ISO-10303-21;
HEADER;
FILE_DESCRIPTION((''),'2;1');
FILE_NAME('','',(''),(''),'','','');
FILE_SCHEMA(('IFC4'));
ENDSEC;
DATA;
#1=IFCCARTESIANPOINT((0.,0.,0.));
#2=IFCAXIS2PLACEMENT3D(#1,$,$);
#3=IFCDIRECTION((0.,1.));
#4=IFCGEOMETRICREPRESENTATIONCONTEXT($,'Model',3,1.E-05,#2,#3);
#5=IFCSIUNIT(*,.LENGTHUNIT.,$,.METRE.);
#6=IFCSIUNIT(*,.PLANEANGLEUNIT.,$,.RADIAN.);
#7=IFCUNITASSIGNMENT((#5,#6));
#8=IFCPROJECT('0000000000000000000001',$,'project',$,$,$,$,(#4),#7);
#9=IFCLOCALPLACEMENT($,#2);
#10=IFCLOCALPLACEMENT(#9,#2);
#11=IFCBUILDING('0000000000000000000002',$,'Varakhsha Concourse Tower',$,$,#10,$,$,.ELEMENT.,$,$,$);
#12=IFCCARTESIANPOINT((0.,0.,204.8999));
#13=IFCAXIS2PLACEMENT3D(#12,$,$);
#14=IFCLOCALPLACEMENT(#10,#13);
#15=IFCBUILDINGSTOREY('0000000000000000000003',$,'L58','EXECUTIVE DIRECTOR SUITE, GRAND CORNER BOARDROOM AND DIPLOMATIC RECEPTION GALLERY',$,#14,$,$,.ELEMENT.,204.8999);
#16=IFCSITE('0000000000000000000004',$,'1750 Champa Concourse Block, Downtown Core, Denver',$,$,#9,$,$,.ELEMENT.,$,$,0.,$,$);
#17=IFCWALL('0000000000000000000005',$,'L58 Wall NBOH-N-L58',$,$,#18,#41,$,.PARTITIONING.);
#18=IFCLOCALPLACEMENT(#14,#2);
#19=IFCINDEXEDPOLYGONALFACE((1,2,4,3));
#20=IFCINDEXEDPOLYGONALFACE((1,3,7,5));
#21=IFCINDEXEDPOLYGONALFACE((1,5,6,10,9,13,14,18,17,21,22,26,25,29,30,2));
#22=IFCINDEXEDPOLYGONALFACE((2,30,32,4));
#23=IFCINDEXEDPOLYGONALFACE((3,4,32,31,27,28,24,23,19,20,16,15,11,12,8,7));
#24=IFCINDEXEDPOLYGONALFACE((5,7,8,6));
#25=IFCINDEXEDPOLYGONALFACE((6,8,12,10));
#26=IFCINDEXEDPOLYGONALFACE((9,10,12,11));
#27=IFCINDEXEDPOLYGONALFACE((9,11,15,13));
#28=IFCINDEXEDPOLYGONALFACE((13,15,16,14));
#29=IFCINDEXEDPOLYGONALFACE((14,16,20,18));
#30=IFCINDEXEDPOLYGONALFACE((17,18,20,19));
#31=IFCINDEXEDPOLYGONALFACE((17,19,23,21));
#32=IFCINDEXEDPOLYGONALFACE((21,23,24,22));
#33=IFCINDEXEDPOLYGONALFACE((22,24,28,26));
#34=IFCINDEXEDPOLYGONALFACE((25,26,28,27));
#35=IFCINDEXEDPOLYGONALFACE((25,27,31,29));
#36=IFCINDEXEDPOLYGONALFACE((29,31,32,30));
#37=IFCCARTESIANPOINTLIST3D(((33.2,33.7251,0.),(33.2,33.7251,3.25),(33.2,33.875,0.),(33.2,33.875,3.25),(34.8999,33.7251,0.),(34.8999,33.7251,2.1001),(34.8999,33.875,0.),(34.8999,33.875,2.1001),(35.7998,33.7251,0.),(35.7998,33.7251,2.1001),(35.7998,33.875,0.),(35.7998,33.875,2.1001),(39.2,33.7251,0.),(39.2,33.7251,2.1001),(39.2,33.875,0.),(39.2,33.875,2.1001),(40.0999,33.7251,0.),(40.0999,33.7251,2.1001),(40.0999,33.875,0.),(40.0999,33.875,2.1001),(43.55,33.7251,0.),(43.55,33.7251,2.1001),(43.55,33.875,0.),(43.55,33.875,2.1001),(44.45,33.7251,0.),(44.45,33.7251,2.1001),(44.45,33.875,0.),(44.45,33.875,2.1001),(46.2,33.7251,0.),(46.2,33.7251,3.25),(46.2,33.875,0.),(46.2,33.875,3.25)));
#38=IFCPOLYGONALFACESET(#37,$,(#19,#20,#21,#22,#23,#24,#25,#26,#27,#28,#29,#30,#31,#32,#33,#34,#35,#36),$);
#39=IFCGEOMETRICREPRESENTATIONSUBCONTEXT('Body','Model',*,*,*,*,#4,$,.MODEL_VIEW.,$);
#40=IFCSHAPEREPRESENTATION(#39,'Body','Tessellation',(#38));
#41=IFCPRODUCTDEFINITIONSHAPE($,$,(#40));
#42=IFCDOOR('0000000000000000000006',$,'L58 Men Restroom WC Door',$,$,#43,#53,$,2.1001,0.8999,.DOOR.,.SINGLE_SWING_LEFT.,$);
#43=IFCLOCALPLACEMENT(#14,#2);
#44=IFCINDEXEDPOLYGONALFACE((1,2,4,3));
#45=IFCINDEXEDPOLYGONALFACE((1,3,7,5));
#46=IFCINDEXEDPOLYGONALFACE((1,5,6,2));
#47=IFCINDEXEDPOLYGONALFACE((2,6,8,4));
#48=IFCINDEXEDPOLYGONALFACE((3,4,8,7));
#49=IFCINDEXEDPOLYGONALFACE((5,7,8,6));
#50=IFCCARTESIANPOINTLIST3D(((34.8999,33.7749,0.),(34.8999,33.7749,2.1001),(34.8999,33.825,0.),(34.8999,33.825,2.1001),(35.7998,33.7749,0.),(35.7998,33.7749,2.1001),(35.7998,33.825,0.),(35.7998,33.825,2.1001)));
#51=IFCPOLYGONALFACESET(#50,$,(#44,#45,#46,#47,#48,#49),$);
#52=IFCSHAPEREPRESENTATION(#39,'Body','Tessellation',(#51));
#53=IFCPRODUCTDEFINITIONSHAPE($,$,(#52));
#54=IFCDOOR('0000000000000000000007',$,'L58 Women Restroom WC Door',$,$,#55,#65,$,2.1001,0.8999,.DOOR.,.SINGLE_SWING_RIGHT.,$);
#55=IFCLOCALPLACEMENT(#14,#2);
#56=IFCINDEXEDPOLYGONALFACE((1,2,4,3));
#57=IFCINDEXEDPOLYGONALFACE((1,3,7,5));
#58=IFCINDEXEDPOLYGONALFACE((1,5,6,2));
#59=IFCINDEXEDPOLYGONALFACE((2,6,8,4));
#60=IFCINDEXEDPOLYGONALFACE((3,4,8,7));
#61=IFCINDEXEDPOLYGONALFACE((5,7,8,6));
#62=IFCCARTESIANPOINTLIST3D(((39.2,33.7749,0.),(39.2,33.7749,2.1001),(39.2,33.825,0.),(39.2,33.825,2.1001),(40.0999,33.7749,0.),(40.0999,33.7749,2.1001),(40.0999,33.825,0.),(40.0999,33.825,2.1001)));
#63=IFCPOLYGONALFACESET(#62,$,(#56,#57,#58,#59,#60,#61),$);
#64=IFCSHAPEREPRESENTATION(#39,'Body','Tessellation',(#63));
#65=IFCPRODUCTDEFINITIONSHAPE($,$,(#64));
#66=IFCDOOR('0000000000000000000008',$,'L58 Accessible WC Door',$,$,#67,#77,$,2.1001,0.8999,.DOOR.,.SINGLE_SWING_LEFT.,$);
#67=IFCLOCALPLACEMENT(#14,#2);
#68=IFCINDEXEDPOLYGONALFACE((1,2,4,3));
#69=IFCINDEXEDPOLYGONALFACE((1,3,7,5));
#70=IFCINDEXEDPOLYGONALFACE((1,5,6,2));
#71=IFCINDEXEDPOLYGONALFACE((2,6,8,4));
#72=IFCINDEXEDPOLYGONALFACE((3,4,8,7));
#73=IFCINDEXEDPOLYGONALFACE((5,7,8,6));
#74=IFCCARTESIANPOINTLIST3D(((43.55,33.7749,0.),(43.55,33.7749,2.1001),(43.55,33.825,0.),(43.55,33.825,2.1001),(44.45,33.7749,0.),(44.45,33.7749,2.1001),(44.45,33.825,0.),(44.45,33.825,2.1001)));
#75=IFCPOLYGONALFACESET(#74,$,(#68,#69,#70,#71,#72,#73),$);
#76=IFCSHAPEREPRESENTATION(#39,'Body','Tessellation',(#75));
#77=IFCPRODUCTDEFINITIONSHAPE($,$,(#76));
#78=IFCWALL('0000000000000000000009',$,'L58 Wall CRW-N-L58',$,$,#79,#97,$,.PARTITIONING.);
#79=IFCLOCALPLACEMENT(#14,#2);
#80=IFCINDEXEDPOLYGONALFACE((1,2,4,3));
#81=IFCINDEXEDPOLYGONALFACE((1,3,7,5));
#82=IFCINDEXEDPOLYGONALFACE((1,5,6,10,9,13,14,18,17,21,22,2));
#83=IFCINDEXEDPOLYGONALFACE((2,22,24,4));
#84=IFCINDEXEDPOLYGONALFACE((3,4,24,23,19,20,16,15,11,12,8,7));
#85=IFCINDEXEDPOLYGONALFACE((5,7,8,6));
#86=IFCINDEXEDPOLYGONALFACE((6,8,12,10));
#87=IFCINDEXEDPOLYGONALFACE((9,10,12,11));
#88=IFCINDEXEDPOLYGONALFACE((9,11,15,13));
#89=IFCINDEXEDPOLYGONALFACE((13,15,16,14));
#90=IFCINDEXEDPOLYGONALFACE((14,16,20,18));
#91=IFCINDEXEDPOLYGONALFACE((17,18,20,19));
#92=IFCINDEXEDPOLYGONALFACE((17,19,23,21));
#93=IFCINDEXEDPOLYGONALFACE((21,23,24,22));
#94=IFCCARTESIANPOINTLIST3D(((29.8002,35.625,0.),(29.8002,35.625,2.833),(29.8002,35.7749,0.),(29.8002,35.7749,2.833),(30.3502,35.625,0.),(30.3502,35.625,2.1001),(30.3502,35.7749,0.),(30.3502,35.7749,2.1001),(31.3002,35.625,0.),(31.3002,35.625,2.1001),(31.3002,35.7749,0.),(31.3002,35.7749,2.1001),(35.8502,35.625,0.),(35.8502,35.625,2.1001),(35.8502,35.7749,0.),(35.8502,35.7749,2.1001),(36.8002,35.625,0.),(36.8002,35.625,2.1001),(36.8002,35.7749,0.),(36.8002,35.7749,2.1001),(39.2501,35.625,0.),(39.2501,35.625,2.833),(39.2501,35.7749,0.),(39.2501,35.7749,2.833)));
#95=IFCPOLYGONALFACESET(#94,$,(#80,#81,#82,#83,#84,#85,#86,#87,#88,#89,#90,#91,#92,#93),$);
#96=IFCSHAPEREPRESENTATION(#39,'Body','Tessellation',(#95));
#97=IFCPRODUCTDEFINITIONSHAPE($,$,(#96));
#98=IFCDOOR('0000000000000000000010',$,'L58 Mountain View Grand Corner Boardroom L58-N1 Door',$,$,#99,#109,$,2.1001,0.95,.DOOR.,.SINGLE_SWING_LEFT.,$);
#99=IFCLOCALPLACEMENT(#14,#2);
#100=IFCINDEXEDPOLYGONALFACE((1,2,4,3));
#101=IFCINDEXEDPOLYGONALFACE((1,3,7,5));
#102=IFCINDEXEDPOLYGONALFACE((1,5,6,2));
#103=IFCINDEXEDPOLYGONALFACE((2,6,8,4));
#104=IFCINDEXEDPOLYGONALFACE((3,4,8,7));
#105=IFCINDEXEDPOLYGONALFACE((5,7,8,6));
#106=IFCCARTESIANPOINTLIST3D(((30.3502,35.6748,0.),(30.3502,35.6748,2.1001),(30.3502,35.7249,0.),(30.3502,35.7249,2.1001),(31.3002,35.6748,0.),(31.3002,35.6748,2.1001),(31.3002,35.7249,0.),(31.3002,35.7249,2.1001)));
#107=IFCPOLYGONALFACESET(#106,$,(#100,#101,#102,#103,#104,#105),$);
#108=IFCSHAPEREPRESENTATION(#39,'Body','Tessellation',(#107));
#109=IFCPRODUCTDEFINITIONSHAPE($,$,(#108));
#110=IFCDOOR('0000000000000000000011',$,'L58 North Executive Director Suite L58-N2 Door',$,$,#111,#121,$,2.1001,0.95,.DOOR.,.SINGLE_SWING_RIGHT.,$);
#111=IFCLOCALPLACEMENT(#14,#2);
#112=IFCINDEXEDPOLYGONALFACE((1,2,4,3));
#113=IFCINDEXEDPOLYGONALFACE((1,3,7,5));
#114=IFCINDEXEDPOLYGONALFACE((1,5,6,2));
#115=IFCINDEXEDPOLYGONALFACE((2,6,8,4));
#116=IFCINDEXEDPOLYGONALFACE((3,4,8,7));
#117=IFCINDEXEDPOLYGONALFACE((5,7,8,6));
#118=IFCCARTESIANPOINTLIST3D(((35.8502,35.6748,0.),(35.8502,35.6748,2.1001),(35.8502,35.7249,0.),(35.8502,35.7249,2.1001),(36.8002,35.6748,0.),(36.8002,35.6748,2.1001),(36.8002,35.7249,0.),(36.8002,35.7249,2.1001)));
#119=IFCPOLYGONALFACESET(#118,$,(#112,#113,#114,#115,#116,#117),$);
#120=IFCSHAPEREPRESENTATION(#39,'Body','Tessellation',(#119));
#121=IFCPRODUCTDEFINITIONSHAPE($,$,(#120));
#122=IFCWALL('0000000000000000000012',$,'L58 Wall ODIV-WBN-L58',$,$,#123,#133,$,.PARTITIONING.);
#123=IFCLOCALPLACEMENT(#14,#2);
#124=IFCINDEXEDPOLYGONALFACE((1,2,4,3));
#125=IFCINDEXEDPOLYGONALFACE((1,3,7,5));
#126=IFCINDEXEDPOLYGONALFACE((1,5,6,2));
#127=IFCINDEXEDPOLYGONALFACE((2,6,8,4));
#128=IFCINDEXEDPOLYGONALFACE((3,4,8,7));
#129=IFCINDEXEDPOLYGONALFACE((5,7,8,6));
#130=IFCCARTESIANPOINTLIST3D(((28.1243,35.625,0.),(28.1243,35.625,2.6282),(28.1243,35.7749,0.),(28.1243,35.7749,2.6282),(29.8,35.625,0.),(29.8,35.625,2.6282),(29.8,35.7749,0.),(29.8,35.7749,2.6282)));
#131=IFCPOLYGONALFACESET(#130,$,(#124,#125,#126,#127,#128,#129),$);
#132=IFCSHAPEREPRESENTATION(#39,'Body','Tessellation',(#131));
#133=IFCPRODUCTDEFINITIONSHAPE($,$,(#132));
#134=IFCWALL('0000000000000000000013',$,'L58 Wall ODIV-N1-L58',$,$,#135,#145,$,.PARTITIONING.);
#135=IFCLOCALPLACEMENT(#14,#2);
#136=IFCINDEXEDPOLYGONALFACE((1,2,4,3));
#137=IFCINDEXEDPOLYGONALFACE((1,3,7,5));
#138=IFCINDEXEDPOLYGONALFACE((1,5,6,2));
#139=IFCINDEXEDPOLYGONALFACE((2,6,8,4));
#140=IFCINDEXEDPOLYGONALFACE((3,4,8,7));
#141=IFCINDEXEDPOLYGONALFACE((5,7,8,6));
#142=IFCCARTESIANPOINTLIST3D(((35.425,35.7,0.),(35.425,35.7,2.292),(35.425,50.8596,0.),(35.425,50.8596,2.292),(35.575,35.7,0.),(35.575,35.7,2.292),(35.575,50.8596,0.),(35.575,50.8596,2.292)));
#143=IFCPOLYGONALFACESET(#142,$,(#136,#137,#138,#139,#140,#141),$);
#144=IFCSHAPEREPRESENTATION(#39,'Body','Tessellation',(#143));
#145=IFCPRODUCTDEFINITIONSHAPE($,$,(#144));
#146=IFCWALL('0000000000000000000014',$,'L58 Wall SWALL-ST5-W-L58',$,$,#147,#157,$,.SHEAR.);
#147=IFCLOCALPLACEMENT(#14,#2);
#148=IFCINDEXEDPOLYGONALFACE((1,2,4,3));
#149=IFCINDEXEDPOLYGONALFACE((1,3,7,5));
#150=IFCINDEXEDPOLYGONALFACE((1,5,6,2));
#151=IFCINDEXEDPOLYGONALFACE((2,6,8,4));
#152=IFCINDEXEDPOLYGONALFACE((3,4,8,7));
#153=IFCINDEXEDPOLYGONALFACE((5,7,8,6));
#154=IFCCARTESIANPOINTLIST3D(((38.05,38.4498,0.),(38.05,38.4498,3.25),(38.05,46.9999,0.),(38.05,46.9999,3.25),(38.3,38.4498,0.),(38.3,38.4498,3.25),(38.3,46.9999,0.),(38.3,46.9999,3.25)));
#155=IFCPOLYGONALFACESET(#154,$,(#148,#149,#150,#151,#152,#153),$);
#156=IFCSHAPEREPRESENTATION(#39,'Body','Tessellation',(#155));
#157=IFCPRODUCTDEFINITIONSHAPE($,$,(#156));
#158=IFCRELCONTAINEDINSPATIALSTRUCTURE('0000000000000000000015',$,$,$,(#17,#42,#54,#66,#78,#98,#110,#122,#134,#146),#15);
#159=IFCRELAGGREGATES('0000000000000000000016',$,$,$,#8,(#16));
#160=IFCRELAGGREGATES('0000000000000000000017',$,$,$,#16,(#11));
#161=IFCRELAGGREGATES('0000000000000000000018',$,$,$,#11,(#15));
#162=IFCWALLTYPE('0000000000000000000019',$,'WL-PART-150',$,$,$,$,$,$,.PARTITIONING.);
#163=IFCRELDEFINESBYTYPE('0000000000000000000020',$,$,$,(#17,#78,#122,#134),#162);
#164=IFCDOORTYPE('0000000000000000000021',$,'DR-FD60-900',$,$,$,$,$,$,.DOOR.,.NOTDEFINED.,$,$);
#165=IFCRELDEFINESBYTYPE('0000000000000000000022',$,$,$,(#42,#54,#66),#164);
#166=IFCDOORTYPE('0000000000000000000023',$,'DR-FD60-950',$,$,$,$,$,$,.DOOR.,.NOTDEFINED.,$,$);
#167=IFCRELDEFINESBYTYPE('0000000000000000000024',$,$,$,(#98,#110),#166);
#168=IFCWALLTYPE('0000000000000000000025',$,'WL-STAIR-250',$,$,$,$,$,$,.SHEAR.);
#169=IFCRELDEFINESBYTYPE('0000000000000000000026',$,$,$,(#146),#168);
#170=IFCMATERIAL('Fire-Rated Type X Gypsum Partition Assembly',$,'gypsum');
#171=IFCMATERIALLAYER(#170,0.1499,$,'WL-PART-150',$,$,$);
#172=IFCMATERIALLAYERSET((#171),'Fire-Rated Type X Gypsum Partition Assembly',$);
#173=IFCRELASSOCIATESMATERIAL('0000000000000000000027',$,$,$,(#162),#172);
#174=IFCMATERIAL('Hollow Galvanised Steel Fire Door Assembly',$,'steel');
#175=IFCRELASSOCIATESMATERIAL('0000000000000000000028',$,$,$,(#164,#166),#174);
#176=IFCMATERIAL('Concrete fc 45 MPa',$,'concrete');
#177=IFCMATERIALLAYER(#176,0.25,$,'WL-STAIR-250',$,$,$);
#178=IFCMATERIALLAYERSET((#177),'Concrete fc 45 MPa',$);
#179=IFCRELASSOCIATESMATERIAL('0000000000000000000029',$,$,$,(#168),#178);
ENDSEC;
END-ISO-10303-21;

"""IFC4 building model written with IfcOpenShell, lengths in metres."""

from ifc_helpers import new_model, si_unit, direction, frame, frame_2d, origin, place, context, subcontext, project, spatial, rectangle, extrude, material, layer, layer_set, type_object, element, fill, save


model = new_model("IFC4")

# Units and contexts
model_context = context("Model", 3, precision=1e-05, world=origin(), true_north=direction((0.0, 1.0)))
body_context = subcontext(model_context, "Body", "Model", "MODEL_VIEW")
ifc_project = project(units=[si_unit("LENGTHUNIT", "METRE"), si_unit("PLANEANGLEUNIT", "RADIAN")], contexts=[model_context])

# Site, building, storey
site_placement = place(None, origin())
site = spatial("IfcSite", under=ifc_project, at=site_placement, Name="1750 Champa Concourse Block, Downtown Core, Denver", CompositionType="ELEMENT", RefElevation=0.0)
building_placement = place(site_placement, origin())
building = spatial("IfcBuilding", under=site, at=building_placement, Name="Varakhsha Concourse Tower", CompositionType="ELEMENT")
storey_placement = place(building_placement, frame((0.0, 0.0, 204.8999)))
storey = spatial("IfcBuildingStorey", under=building, at=storey_placement, Name="L58", Description="EXECUTIVE DIRECTOR SUITE, GRAND CORNER BOARDROOM AND DIPLOMATIC RECEPTION GALLERY", CompositionType="ELEMENT", Elevation=204.8999)

# Walls, openings, doors
ifc_material_1 = material(Name="Fire-Rated Type X Gypsum Partition Assembly", Category="gypsum")
ifc_layer_1 = layer(ifc_material_1, 0.1499, Name="WL-PART-150")
ifc_layer_set_1 = layer_set([ifc_layer_1], Name="Fire-Rated Type X Gypsum Partition Assembly")
wall_type_1 = type_object("IfcWallType", Name="WL-PART-150", PredefinedType="PARTITIONING", material=ifc_layer_set_1)
wall_1_placement = place(storey_placement, frame((33.2, 33.8, 0.0), z_axis=(0.0, 0.0, 1.0), x_axis=(1.0, 0.0, 0.0)))
wall_1 = element("IfcWall", 1, at=wall_1_placement, inside=storey, type_object=wall_type_1, Name="L58 Wall NBOH-N-L58", PredefinedType="PARTITIONING", context=body_context, shape_type="SweptSolid", body=[
    extrude(rectangle(XDim=13.0, YDim=0.1499, at=frame_2d((6.5, 0.0))), origin(), (0.0, 0.0, 1.0), 3.25),
])
opening_1_placement = place(wall_1_placement, frame((1.7, 0.0, 0.0)))
opening_1 = element("IfcOpeningElement", 2, at=opening_1_placement, cuts=wall_1, PredefinedType="OPENING", context=body_context, shape_type="SweptSolid", body=[
    extrude(rectangle(XDim=0.8999, YDim=2.1001, at=frame_2d((0.45, 1.05))), frame((0.0, 0.085, 0.0), z_axis=(0.0, -1.0, 0.0), x_axis=(1.0, 0.0, 0.0)), (0.0, 0.0, 1.0), 0.1699),
])
opening_2_placement = place(wall_1_placement, frame((6.0, 0.0, 0.0)))
opening_2 = element("IfcOpeningElement", 3, at=opening_2_placement, cuts=wall_1, PredefinedType="OPENING", context=body_context, shape_type="SweptSolid", body=[
    extrude(rectangle(XDim=0.8999, YDim=2.1001, at=frame_2d((0.45, 1.05))), frame((0.0, 0.085, 0.0), z_axis=(0.0, -1.0, 0.0), x_axis=(1.0, 0.0, 0.0)), (0.0, 0.0, 1.0), 0.1699),
])
opening_3_placement = place(wall_1_placement, frame((10.3501, 0.0, 0.0)))
opening_3 = element("IfcOpeningElement", 4, at=opening_3_placement, cuts=wall_1, PredefinedType="OPENING", context=body_context, shape_type="SweptSolid", body=[
    extrude(rectangle(XDim=0.8999, YDim=2.1001, at=frame_2d((0.45, 1.05))), frame((0.0, 0.085, 0.0), z_axis=(0.0, -1.0, 0.0), x_axis=(1.0, 0.0, 0.0)), (0.0, 0.0, 1.0), 0.1699),
])
ifc_material_2 = material(Name="Hollow Galvanised Steel Fire Door Assembly", Category="steel")
door_type_1 = type_object("IfcDoorType", Name="DR-FD60-900", OperationType="NOTDEFINED", PredefinedType="DOOR", material=ifc_material_2)
door_1_placement = place(opening_1_placement, origin())
door_1 = element("IfcDoor", 5, at=door_1_placement, inside=storey, type_object=door_type_1, Name="L58 Men Restroom WC Door", OperationType="SINGLE_SWING_LEFT", OverallHeight=2.1001, OverallWidth=0.8999, PredefinedType="DOOR", context=body_context, shape_type="SweptSolid", body=[
    extrude(rectangle(XDim=0.8999, YDim=2.1001, at=frame_2d((0.45, 1.05))), frame((0.0, 0.0249, 0.0), z_axis=(0.0, -1.0, 0.0), x_axis=(1.0, 0.0, 0.0)), (0.0, 0.0, 1.0), 0.05),
])
fill(opening_1, door_1)
door_2_placement = place(opening_2_placement, origin())
door_2 = element("IfcDoor", 6, at=door_2_placement, inside=storey, type_object=door_type_1, Name="L58 Women Restroom WC Door", OperationType="SINGLE_SWING_RIGHT", OverallHeight=2.1001, OverallWidth=0.8999, PredefinedType="DOOR", context=body_context, shape_type="SweptSolid", body=[
    extrude(rectangle(XDim=0.8999, YDim=2.1001, at=frame_2d((0.45, 1.05))), frame((0.0, 0.0249, 0.0), z_axis=(0.0, -1.0, 0.0), x_axis=(1.0, 0.0, 0.0)), (0.0, 0.0, 1.0), 0.05),
])
fill(opening_2, door_2)
door_3_placement = place(opening_3_placement, origin())
door_3 = element("IfcDoor", 7, at=door_3_placement, inside=storey, type_object=door_type_1, Name="L58 Accessible WC Door", OperationType="SINGLE_SWING_LEFT", OverallHeight=2.1001, OverallWidth=0.8999, PredefinedType="DOOR", context=body_context, shape_type="SweptSolid", body=[
    extrude(rectangle(XDim=0.8999, YDim=2.1001, at=frame_2d((0.45, 1.05))), frame((0.0, 0.0249, 0.0), z_axis=(0.0, -1.0, 0.0), x_axis=(1.0, 0.0, 0.0)), (0.0, 0.0, 1.0), 0.05),
])
fill(opening_3, door_3)
wall_2_placement = place(storey_placement, frame((29.8, 35.7, 0.0), z_axis=(0.0, 0.0, 1.0), x_axis=(1.0, 0.0, 0.0)))
wall_2 = element("IfcWall", 8, at=wall_2_placement, inside=storey, type_object=wall_type_1, Name="L58 Wall CRW-N-L58", PredefinedType="PARTITIONING", context=body_context, shape_type="SweptSolid", body=[
    extrude(rectangle(XDim=9.45, YDim=0.1499, at=frame_2d((4.7251, 0.0))), origin(), (0.0, 0.0, 1.0), 2.833),
])
opening_4_placement = place(wall_2_placement, frame((0.55, 0.0, 0.0)))
opening_4 = element("IfcOpeningElement", 9, at=opening_4_placement, cuts=wall_2, PredefinedType="OPENING", context=body_context, shape_type="SweptSolid", body=[
    extrude(rectangle(XDim=0.95, YDim=2.1001, at=frame_2d((0.4751, 1.05))), frame((0.0, 0.085, 0.0), z_axis=(0.0, -1.0, 0.0), x_axis=(1.0, 0.0, 0.0)), (0.0, 0.0, 1.0), 0.1699),
])
opening_5_placement = place(wall_2_placement, frame((6.05, 0.0, 0.0)))
opening_5 = element("IfcOpeningElement", 10, at=opening_5_placement, cuts=wall_2, PredefinedType="OPENING", context=body_context, shape_type="SweptSolid", body=[
    extrude(rectangle(XDim=0.95, YDim=2.1001, at=frame_2d((0.4751, 1.05))), frame((0.0, 0.085, 0.0), z_axis=(0.0, -1.0, 0.0), x_axis=(1.0, 0.0, 0.0)), (0.0, 0.0, 1.0), 0.1699),
])
door_type_2 = type_object("IfcDoorType", Name="DR-FD60-950", OperationType="NOTDEFINED", PredefinedType="DOOR", material=ifc_material_2)
door_4_placement = place(opening_4_placement, origin())
door_4 = element("IfcDoor", 11, at=door_4_placement, inside=storey, type_object=door_type_2, Name="L58 Mountain View Grand Corner Boardroom L58-N1 Door", OperationType="SINGLE_SWING_LEFT", OverallHeight=2.1001, OverallWidth=0.95, PredefinedType="DOOR", context=body_context, shape_type="SweptSolid", body=[
    extrude(rectangle(XDim=0.95, YDim=2.1001, at=frame_2d((0.4751, 1.05))), frame((0.0, 0.0249, 0.0), z_axis=(0.0, -1.0, 0.0), x_axis=(1.0, 0.0, 0.0)), (0.0, 0.0, 1.0), 0.05),
])
fill(opening_4, door_4)
door_5_placement = place(opening_5_placement, origin())
door_5 = element("IfcDoor", 12, at=door_5_placement, inside=storey, type_object=door_type_2, Name="L58 North Executive Director Suite L58-N2 Door", OperationType="SINGLE_SWING_RIGHT", OverallHeight=2.1001, OverallWidth=0.95, PredefinedType="DOOR", context=body_context, shape_type="SweptSolid", body=[
    extrude(rectangle(XDim=0.95, YDim=2.1001, at=frame_2d((0.4751, 1.05))), frame((0.0, 0.0249, 0.0), z_axis=(0.0, -1.0, 0.0), x_axis=(1.0, 0.0, 0.0)), (0.0, 0.0, 1.0), 0.05),
])
fill(opening_5, door_5)

# Walls
wall_3_placement = place(storey_placement, frame((28.1243, 35.7, 0.0), z_axis=(0.0, 0.0, 1.0), x_axis=(1.0, 0.0, 0.0)))
element("IfcWall", 13, at=wall_3_placement, inside=storey, type_object=wall_type_1, Name="L58 Wall ODIV-WBN-L58", PredefinedType="PARTITIONING", context=body_context, shape_type="SweptSolid", body=[
    extrude(rectangle(XDim=1.6758, YDim=0.1499, at=frame_2d((0.8379, 0.0))), origin(), (0.0, 0.0, 1.0), 2.6282),
])
wall_4_placement = place(storey_placement, frame((35.5, 35.7, 0.0), z_axis=(0.0, 0.0, 1.0), x_axis=(0.0, 1.0, 0.0)))
element("IfcWall", 14, at=wall_4_placement, inside=storey, type_object=wall_type_1, Name="L58 Wall ODIV-N1-L58", PredefinedType="PARTITIONING", context=body_context, shape_type="SweptSolid", body=[
    extrude(rectangle(XDim=15.1597, YDim=0.1499, at=frame_2d((7.5798, 0.0))), origin(), (0.0, 0.0, 1.0), 2.292),
])
ifc_material_3 = material(Name="Concrete fc 45 MPa", Category="concrete")
ifc_layer_2 = layer(ifc_material_3, 0.25, Name="WL-STAIR-250")
ifc_layer_set_2 = layer_set([ifc_layer_2], Name="Concrete fc 45 MPa")
wall_type_2 = type_object("IfcWallType", Name="WL-STAIR-250", PredefinedType="SHEAR", material=ifc_layer_set_2)
wall_5_placement = place(storey_placement, frame((38.175, 38.45, 0.0), z_axis=(0.0, 0.0, 1.0), x_axis=(0.0, 1.0, 0.0)))
element("IfcWall", 15, at=wall_5_placement, inside=storey, type_object=wall_type_2, Name="L58 Wall SWALL-ST5-W-L58", PredefinedType="SHEAR", context=body_context, shape_type="SweptSolid", body=[
    extrude(rectangle(XDim=8.55, YDim=0.25, at=frame_2d((4.2749, 0.0))), origin(), (0.0, 0.0, 1.0), 3.25),
])

save(model, "model.ifc")
